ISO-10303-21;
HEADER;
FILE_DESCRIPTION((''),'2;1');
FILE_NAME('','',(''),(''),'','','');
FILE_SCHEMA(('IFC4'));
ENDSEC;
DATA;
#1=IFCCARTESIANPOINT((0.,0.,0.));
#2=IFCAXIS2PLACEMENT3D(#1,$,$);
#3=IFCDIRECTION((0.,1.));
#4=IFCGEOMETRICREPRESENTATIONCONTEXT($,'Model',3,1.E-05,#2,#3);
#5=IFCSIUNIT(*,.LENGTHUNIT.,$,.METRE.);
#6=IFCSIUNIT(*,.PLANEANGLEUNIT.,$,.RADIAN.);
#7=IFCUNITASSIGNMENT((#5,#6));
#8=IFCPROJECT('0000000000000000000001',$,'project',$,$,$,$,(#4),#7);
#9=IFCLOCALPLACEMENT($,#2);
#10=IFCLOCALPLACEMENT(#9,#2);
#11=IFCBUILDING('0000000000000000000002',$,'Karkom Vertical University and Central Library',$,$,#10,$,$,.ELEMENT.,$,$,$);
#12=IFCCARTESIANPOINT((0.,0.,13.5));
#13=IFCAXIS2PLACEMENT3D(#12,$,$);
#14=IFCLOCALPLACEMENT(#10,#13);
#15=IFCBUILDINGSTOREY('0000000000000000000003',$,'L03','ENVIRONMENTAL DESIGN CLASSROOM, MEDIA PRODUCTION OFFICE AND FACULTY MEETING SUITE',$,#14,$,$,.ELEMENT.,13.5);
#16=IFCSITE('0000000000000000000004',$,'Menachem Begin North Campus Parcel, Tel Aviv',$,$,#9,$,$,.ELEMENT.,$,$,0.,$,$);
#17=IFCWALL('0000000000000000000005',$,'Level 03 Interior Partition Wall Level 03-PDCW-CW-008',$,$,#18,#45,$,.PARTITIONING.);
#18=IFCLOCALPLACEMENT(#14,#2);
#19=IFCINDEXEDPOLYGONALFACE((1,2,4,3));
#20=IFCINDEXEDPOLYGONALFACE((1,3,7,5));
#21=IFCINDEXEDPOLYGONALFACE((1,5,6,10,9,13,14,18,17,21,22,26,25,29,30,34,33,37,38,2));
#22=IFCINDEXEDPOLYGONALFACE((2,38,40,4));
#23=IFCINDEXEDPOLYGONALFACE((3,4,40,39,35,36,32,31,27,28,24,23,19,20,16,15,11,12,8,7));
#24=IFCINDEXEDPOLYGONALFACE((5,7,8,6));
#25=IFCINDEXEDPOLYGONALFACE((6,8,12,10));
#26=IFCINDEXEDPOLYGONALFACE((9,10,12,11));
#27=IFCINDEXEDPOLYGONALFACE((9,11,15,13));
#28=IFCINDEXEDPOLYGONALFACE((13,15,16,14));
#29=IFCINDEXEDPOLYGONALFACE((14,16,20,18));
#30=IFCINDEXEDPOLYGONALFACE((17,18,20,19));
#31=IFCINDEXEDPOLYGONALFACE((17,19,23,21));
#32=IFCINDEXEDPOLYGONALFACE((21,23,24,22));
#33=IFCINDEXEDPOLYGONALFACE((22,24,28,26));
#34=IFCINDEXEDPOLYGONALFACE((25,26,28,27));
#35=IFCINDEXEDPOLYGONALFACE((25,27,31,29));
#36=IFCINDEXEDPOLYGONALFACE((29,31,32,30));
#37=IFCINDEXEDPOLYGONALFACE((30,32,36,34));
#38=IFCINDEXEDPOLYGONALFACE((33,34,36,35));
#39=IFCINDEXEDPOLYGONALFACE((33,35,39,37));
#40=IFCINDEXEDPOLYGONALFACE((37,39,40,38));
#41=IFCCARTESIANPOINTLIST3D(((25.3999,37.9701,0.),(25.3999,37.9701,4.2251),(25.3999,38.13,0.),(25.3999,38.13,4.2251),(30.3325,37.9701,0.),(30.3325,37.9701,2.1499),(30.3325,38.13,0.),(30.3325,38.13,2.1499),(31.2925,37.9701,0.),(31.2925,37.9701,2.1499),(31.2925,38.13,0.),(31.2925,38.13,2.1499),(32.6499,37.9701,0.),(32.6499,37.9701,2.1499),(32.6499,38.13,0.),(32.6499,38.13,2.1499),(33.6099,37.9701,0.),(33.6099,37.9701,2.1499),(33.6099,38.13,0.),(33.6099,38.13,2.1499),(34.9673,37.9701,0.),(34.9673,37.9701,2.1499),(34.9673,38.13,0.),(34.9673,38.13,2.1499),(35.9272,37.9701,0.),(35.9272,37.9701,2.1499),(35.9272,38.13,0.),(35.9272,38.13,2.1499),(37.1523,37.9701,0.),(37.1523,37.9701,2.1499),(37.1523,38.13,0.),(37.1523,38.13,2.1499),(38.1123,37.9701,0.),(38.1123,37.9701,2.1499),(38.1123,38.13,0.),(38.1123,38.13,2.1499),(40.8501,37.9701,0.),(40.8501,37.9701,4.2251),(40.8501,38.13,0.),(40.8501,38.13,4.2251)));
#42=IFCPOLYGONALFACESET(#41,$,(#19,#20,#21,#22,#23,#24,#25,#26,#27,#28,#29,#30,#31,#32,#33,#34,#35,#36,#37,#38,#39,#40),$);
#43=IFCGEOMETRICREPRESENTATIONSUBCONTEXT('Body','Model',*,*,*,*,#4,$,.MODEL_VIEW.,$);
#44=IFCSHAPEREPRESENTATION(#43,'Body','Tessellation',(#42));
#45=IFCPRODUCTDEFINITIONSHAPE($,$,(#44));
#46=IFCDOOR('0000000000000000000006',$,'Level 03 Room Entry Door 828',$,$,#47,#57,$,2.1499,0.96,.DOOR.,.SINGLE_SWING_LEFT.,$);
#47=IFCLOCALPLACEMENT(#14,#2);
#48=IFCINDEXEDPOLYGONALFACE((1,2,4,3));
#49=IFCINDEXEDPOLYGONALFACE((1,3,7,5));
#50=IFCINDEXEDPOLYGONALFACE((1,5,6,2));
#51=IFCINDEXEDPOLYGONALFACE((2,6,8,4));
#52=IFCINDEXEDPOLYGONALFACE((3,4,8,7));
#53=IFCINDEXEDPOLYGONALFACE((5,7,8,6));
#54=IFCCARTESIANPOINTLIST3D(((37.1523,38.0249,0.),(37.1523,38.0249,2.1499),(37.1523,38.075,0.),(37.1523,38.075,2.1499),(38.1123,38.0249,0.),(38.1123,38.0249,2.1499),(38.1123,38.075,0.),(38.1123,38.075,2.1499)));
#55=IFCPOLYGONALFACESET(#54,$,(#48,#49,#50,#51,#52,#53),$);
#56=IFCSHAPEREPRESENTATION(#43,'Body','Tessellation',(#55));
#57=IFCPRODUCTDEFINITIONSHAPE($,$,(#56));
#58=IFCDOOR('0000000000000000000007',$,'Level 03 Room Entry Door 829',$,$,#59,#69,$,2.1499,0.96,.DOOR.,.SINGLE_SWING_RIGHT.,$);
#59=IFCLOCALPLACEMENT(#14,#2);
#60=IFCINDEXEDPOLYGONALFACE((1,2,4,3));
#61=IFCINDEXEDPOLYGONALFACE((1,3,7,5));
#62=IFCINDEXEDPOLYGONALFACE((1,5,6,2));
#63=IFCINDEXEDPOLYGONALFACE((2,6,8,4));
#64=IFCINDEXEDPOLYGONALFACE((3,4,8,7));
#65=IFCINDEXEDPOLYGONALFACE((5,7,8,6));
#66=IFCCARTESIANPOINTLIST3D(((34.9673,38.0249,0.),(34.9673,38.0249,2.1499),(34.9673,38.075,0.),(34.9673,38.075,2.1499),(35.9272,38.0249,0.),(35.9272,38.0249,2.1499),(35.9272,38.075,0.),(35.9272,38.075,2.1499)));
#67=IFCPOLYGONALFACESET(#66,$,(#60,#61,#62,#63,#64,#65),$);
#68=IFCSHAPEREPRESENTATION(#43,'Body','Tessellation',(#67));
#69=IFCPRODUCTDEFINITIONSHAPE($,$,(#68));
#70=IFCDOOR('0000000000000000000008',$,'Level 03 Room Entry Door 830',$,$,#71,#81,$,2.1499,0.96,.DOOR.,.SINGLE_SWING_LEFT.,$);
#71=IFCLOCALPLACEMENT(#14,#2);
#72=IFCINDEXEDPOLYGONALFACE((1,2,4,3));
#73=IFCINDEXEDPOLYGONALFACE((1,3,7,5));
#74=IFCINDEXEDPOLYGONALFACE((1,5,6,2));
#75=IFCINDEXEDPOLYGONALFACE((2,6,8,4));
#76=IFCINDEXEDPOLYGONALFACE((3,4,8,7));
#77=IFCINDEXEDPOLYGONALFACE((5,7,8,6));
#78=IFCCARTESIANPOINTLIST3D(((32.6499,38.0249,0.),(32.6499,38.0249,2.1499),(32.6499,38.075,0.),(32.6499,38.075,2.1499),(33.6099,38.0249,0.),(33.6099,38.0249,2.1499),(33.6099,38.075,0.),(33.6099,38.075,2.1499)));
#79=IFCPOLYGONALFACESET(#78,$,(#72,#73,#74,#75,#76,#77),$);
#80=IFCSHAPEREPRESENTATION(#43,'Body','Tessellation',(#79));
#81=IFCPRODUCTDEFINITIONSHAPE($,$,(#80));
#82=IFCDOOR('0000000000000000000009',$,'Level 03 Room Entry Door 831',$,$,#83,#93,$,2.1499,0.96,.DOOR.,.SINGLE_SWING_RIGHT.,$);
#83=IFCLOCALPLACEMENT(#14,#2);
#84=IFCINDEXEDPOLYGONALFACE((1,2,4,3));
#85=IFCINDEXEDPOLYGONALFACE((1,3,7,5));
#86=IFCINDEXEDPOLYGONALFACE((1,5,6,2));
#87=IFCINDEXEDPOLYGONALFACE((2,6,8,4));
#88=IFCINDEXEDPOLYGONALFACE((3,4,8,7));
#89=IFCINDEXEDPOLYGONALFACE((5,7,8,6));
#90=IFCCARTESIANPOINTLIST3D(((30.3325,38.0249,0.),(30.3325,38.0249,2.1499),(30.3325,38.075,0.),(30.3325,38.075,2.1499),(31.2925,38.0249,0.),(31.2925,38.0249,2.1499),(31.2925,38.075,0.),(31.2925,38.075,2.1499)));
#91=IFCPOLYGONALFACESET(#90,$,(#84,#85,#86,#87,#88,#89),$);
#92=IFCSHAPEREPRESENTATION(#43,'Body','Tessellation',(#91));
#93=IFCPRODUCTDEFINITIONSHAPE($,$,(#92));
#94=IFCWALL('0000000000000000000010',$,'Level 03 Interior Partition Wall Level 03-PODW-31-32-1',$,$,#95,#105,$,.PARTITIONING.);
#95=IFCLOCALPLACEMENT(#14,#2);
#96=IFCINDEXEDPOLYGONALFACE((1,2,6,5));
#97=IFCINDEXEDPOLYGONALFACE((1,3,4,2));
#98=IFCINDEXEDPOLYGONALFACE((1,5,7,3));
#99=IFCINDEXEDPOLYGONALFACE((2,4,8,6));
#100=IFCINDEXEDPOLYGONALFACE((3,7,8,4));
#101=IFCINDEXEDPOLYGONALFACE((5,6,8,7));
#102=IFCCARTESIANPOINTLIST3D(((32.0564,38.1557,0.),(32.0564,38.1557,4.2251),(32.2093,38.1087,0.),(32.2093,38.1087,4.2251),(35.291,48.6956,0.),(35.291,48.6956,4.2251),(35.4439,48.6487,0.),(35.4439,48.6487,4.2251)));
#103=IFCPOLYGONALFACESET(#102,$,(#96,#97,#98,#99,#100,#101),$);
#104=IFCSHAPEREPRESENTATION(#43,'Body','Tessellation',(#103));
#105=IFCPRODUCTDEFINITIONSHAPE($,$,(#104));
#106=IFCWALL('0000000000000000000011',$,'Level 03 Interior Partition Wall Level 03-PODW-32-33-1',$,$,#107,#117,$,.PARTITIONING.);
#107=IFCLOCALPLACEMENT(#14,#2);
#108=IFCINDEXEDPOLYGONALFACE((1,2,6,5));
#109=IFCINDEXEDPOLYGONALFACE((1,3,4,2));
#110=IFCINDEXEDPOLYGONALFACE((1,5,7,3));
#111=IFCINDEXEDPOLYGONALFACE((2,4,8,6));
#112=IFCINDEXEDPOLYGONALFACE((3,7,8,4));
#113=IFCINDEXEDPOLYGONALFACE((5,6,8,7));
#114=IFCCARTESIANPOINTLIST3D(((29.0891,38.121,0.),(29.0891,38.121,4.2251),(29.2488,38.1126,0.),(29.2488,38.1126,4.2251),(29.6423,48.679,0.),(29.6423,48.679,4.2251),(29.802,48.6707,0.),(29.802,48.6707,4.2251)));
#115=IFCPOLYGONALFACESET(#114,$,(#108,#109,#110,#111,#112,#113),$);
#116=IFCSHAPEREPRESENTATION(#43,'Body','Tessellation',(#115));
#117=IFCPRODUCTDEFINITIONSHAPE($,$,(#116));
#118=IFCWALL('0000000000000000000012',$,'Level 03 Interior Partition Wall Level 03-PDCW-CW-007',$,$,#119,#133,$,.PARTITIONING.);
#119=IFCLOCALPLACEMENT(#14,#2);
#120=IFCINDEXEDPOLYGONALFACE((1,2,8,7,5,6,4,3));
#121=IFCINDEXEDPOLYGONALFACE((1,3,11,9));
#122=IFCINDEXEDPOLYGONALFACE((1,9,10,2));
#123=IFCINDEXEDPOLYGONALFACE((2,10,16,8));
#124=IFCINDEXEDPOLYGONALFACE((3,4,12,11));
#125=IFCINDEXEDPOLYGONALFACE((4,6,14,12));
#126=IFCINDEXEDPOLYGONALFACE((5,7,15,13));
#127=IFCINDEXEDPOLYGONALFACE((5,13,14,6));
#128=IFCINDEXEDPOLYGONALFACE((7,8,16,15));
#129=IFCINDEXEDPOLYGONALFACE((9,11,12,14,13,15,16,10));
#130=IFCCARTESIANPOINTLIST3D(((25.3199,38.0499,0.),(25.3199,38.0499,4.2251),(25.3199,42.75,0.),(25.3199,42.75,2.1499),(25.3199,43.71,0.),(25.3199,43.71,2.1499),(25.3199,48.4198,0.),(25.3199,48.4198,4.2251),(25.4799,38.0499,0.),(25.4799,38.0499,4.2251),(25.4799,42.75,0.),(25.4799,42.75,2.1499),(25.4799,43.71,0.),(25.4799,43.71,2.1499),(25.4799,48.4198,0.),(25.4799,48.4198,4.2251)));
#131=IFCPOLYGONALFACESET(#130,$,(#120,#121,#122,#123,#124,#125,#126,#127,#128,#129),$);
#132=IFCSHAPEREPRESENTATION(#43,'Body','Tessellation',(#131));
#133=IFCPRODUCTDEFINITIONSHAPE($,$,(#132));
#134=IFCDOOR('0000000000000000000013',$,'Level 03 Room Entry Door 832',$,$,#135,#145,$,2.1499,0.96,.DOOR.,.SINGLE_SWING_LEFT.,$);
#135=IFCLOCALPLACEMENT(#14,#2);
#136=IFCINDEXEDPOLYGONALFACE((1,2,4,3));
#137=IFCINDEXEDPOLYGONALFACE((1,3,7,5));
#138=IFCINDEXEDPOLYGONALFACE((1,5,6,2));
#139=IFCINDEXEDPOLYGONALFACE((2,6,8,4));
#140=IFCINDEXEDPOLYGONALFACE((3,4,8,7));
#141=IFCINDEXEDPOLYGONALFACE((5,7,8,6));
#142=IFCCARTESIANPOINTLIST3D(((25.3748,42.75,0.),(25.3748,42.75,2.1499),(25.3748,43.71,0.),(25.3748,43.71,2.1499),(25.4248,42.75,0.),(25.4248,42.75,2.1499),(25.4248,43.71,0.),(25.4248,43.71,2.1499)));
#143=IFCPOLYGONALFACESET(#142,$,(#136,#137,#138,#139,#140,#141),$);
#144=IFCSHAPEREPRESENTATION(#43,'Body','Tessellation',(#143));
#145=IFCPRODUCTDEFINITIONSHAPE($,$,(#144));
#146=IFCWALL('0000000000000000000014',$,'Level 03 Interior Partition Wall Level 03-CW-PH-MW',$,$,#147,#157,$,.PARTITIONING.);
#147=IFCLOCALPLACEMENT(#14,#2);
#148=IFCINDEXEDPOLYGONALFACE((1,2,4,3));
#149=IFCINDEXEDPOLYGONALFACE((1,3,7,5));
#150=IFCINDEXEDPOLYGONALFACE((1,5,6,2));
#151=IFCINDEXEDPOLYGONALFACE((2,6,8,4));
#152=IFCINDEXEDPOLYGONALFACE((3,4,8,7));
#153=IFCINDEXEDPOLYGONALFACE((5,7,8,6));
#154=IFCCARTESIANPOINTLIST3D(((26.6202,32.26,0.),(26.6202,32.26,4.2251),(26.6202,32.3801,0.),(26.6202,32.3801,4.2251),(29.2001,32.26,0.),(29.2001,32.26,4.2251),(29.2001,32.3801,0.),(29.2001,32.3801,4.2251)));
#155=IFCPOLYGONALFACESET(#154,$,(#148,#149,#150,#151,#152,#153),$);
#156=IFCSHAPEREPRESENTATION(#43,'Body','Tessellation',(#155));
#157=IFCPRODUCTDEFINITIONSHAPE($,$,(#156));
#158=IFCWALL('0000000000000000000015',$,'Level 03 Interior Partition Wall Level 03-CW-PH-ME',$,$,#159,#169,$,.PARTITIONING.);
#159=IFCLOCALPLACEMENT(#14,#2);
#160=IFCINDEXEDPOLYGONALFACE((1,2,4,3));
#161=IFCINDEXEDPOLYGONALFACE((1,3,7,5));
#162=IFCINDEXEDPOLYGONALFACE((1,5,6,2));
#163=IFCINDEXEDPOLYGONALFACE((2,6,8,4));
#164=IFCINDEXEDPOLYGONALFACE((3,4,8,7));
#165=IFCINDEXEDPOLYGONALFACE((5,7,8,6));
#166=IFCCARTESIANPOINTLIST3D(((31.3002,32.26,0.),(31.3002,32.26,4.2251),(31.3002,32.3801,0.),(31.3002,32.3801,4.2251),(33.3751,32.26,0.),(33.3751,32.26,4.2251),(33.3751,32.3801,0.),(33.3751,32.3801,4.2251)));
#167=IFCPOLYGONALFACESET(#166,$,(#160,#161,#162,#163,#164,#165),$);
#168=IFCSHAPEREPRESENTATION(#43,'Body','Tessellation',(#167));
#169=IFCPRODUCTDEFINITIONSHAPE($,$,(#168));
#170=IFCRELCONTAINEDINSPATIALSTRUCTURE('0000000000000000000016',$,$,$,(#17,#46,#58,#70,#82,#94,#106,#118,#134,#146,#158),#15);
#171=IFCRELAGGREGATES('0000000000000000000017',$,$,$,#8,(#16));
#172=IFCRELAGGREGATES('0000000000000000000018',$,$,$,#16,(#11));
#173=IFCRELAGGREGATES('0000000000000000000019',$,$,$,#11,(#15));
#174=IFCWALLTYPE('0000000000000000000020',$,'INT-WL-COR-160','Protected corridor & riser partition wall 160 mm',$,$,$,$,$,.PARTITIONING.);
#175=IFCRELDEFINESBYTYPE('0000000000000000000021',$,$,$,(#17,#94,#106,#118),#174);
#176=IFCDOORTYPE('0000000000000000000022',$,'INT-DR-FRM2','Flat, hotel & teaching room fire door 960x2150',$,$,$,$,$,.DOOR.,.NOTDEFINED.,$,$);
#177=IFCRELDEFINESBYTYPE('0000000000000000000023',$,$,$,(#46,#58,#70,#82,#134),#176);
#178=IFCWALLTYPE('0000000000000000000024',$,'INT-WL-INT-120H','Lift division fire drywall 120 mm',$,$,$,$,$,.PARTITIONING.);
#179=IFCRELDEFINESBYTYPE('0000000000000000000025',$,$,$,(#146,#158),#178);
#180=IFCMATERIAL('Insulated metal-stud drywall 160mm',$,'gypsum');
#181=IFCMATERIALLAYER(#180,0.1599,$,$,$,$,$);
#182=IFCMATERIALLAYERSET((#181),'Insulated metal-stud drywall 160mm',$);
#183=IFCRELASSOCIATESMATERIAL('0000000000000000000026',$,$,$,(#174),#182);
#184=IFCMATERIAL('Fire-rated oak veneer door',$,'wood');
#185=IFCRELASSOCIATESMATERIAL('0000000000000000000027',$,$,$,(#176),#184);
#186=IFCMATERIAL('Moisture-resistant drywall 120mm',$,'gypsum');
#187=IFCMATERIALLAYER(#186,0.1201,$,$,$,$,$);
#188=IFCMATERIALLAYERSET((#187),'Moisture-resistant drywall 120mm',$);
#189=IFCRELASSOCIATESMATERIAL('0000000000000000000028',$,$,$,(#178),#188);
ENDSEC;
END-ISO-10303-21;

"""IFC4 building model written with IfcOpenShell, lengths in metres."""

from ifc_helpers import new_model, si_unit, direction, frame, frame_2d, origin, origin_with_axes, place, context, subcontext, project, spatial, rectangle, extrude, source, transform, mapped, material, layer, layer_set, type_object, element, fill, save


model = new_model("IFC4")

# Units and contexts
model_context = context("Model", 3, precision=1e-05, world=origin(), true_north=direction((0.0, 1.0)))
body_context = subcontext(model_context, "Body", "Model", "MODEL_VIEW")
ifc_project = project(units=[si_unit("LENGTHUNIT", "METRE"), si_unit("PLANEANGLEUNIT", "RADIAN")], contexts=[model_context])

# Site, building, storey
site_placement = place(None, origin())
site = spatial("IfcSite", under=ifc_project, at=site_placement, Name="Menachem Begin North Campus Parcel, Tel Aviv", CompositionType="ELEMENT", RefElevation=0.0)
building_placement = place(site_placement, origin())
building = spatial("IfcBuilding", under=site, at=building_placement, Name="Karkom Vertical University and Central Library", CompositionType="ELEMENT")
storey_placement = place(building_placement, frame((0.0, 0.0, 13.5)))
storey = spatial("IfcBuildingStorey", under=building, at=storey_placement, Name="L03", Description="ENVIRONMENTAL DESIGN CLASSROOM, MEDIA PRODUCTION OFFICE AND FACULTY MEETING SUITE", CompositionType="ELEMENT", Elevation=13.5)

# Wall, openings, doors
ifc_material_1 = material(Name="Insulated metal-stud drywall 160mm", Category="gypsum")
ifc_layer_1 = layer(ifc_material_1, 0.1599)
ifc_layer_set_1 = layer_set([ifc_layer_1], Name="Insulated metal-stud drywall 160mm")
wall_type_1 = type_object("IfcWallType", Name="INT-WL-COR-160", Description="Protected corridor & riser partition wall 160 mm", PredefinedType="PARTITIONING", material=ifc_layer_set_1)
wall_1_placement = place(storey_placement, frame((25.3999, 38.05, 0.0), z_axis=(0.0, 0.0, 1.0), x_axis=(1.0, 0.0, 0.0)))
wall_1 = element("IfcWall", 1, at=wall_1_placement, inside=storey, type_object=wall_type_1, Name="Level 03 Interior Partition Wall Level 03-PDCW-CW-008", PredefinedType="PARTITIONING", context=body_context, shape_type="SweptSolid", body=[
    extrude(rectangle(XDim=15.4502, YDim=0.1599, at=frame_2d((7.7251, 0.0))), origin(), (0.0, 0.0, 1.0), 4.2251),
])
opening_1_placement = place(wall_1_placement, frame((11.7524, 0.0, 0.0)))
opening_1 = element("IfcOpeningElement", 2, at=opening_1_placement, cuts=wall_1, PredefinedType="OPENING", context=body_context, shape_type="SweptSolid", body=[
    extrude(rectangle(XDim=0.96, YDim=2.1499, at=frame_2d((0.48, 1.075))), frame((0.0, 0.0898, 0.0), z_axis=(0.0, -1.0, 0.0), x_axis=(1.0, 0.0, 0.0)), (0.0, 0.0, 1.0), 0.1799),
])
opening_2_placement = place(wall_1_placement, frame((9.5674, 0.0, 0.0)))
opening_2 = element("IfcOpeningElement", 3, at=opening_2_placement, cuts=wall_1, PredefinedType="OPENING", context=body_context, shape_type="SweptSolid", body=[
    extrude(rectangle(XDim=0.96, YDim=2.1499, at=frame_2d((0.48, 1.075))), frame((0.0, 0.0898, 0.0), z_axis=(0.0, -1.0, 0.0), x_axis=(1.0, 0.0, 0.0)), (0.0, 0.0, 1.0), 0.1799),
])
opening_3_placement = place(wall_1_placement, frame((7.25, 0.0, 0.0)))
opening_3 = element("IfcOpeningElement", 4, at=opening_3_placement, cuts=wall_1, PredefinedType="OPENING", context=body_context, shape_type="SweptSolid", body=[
    extrude(rectangle(XDim=0.96, YDim=2.1499, at=frame_2d((0.48, 1.075))), frame((0.0, 0.0898, 0.0), z_axis=(0.0, -1.0, 0.0), x_axis=(1.0, 0.0, 0.0)), (0.0, 0.0, 1.0), 0.1799),
])
opening_4_placement = place(wall_1_placement, frame((4.9326, 0.0, 0.0)))
opening_4 = element("IfcOpeningElement", 5, at=opening_4_placement, cuts=wall_1, PredefinedType="OPENING", context=body_context, shape_type="SweptSolid", body=[
    extrude(rectangle(XDim=0.96, YDim=2.1499, at=frame_2d((0.48, 1.075))), frame((0.0, 0.0898, 0.0), z_axis=(0.0, -1.0, 0.0), x_axis=(1.0, 0.0, 0.0)), (0.0, 0.0, 1.0), 0.1799),
])
ifc_material_2 = material(Name="Fire-rated oak veneer door", Category="wood")
door_type_1 = type_object("IfcDoorType", Name="INT-DR-FRM2", Description="Flat, hotel & teaching room fire door 960x2150", OperationType="NOTDEFINED", PredefinedType="DOOR", material=ifc_material_2)
shared_shape_1 = source(origin_with_axes(), body_context, "Body", "SweptSolid", [
    extrude(rectangle(XDim=0.96, YDim=2.1499, at=frame_2d((0.48, 1.075))), frame((0.0, 0.0249, 0.0), z_axis=(0.0, -1.0, 0.0), x_axis=(1.0, 0.0, 0.0)), (0.0, 0.0, 1.0), 0.05),
])
door_1_placement = place(opening_1_placement, origin())
door_1 = element("IfcDoor", 6, at=door_1_placement, inside=storey, type_object=door_type_1, Name="Level 03 Room Entry Door 828", OperationType="SINGLE_SWING_LEFT", OverallHeight=2.1499, OverallWidth=0.96, PredefinedType="DOOR", context=body_context, shape_type="MappedRepresentation", body=[
    mapped(shared_shape_1, transform((0.0, 0.0, 0.0), scale=1.0)),
])
fill(opening_1, door_1)
door_2_placement = place(opening_2_placement, origin())
door_2 = element("IfcDoor", 7, at=door_2_placement, inside=storey, type_object=door_type_1, Name="Level 03 Room Entry Door 829", OperationType="SINGLE_SWING_RIGHT", OverallHeight=2.1499, OverallWidth=0.96, PredefinedType="DOOR", context=body_context, shape_type="MappedRepresentation", body=[
    mapped(shared_shape_1, transform((0.0, 0.0, 0.0), scale=1.0)),
])
fill(opening_2, door_2)
door_3_placement = place(opening_3_placement, origin())
door_3 = element("IfcDoor", 8, at=door_3_placement, inside=storey, type_object=door_type_1, Name="Level 03 Room Entry Door 830", OperationType="SINGLE_SWING_LEFT", OverallHeight=2.1499, OverallWidth=0.96, PredefinedType="DOOR", context=body_context, shape_type="MappedRepresentation", body=[
    mapped(shared_shape_1, transform((0.0, 0.0, 0.0), scale=1.0)),
])
fill(opening_3, door_3)
door_4_placement = place(opening_4_placement, origin())
door_4 = element("IfcDoor", 9, at=door_4_placement, inside=storey, type_object=door_type_1, Name="Level 03 Room Entry Door 831", OperationType="SINGLE_SWING_RIGHT", OverallHeight=2.1499, OverallWidth=0.96, PredefinedType="DOOR", context=body_context, shape_type="MappedRepresentation", body=[
    mapped(shared_shape_1, transform((0.0, 0.0, 0.0), scale=1.0)),
])
fill(opening_4, door_4)

# Walls
wall_2_placement = place(storey_placement, frame((32.1328, 38.1321, 0.0), z_axis=(0.0, 0.0, 1.0), x_axis=(0.293384, 0.955995, 0.0)))
element("IfcWall", 10, at=wall_2_placement, inside=storey, type_object=wall_type_1, Name="Level 03 Interior Partition Wall Level 03-PODW-31-32-1", PredefinedType="PARTITIONING", context=body_context, shape_type="SweptSolid", body=[
    extrude(rectangle(XDim=11.0251, YDim=0.1599, at=frame_2d((5.5127, 0.0))), origin(), (0.0, 0.0, 1.0), 4.2251),
])
wall_3_placement = place(storey_placement, frame((29.1689, 38.1169, 0.0), z_axis=(0.0, 0.0, 1.0), x_axis=(0.052326, 0.99863, 0.0)))
element("IfcWall", 11, at=wall_3_placement, inside=storey, type_object=wall_type_1, Name="Level 03 Interior Partition Wall Level 03-PODW-32-33-1", PredefinedType="PARTITIONING", context=body_context, shape_type="SweptSolid", body=[
    extrude(rectangle(XDim=10.5725, YDim=0.1599, at=frame_2d((5.2861, 0.0))), origin(), (0.0, 0.0, 1.0), 4.2251),
])

# Wall, opening, door
wall_4_placement = place(storey_placement, frame((25.3999, 48.4199, 0.0), z_axis=(0.0, 0.0, 1.0), x_axis=(0.0, -1.0, 0.0)))
wall_4 = element("IfcWall", 12, at=wall_4_placement, inside=storey, type_object=wall_type_1, Name="Level 03 Interior Partition Wall Level 03-PDCW-CW-007", PredefinedType="PARTITIONING", context=body_context, shape_type="SweptSolid", body=[
    extrude(rectangle(XDim=10.3699, YDim=0.1599, at=frame_2d((5.1851, 0.0))), origin(), (0.0, 0.0, 1.0), 4.2251),
])
opening_5_placement = place(wall_4_placement, frame((4.71, 0.0, 0.0)))
opening_5 = element("IfcOpeningElement", 13, at=opening_5_placement, cuts=wall_4, PredefinedType="OPENING", context=body_context, shape_type="SweptSolid", body=[
    extrude(rectangle(XDim=0.96, YDim=2.1499, at=frame_2d((0.48, 1.075))), frame((0.0, 0.0898, 0.0), z_axis=(0.0, -1.0, 0.0), x_axis=(1.0, 0.0, 0.0)), (0.0, 0.0, 1.0), 0.1799),
])
door_5_placement = place(opening_5_placement, origin())
door_5 = element("IfcDoor", 14, at=door_5_placement, inside=storey, type_object=door_type_1, Name="Level 03 Room Entry Door 832", OperationType="SINGLE_SWING_LEFT", OverallHeight=2.1499, OverallWidth=0.96, PredefinedType="DOOR", context=body_context, shape_type="MappedRepresentation", body=[
    mapped(shared_shape_1, transform((0.0, 0.0, 0.0), scale=1.0)),
])
fill(opening_5, door_5)

# Walls
ifc_material_3 = material(Name="Moisture-resistant drywall 120mm", Category="gypsum")
ifc_layer_2 = layer(ifc_material_3, 0.1201)
ifc_layer_set_2 = layer_set([ifc_layer_2], Name="Moisture-resistant drywall 120mm")
wall_type_2 = type_object("IfcWallType", Name="INT-WL-INT-120H", Description="Lift division fire drywall 120 mm", PredefinedType="PARTITIONING", material=ifc_layer_set_2)
wall_5_placement = place(storey_placement, frame((26.6201, 32.3201, 0.0), z_axis=(0.0, 0.0, 1.0), x_axis=(1.0, 0.0, 0.0)))
element("IfcWall", 15, at=wall_5_placement, inside=storey, type_object=wall_type_2, Name="Level 03 Interior Partition Wall Level 03-CW-PH-MW", PredefinedType="PARTITIONING", context=body_context, shape_type="SweptSolid", body=[
    extrude(rectangle(XDim=2.5798, YDim=0.1201, at=frame_2d((1.29, 0.0))), origin(), (0.0, 0.0, 1.0), 4.2251),
])
wall_6_placement = place(storey_placement, frame((31.3, 32.3201, 0.0), z_axis=(0.0, 0.0, 1.0), x_axis=(1.0, 0.0, 0.0)))
element("IfcWall", 16, at=wall_6_placement, inside=storey, type_object=wall_type_2, Name="Level 03 Interior Partition Wall Level 03-CW-PH-ME", PredefinedType="PARTITIONING", context=body_context, shape_type="SweptSolid", body=[
    extrude(rectangle(XDim=2.075, YDim=0.1201, at=frame_2d((1.0376, 0.0))), origin(), (0.0, 0.0, 1.0), 4.2251),
])

save(model, "model.ifc")
